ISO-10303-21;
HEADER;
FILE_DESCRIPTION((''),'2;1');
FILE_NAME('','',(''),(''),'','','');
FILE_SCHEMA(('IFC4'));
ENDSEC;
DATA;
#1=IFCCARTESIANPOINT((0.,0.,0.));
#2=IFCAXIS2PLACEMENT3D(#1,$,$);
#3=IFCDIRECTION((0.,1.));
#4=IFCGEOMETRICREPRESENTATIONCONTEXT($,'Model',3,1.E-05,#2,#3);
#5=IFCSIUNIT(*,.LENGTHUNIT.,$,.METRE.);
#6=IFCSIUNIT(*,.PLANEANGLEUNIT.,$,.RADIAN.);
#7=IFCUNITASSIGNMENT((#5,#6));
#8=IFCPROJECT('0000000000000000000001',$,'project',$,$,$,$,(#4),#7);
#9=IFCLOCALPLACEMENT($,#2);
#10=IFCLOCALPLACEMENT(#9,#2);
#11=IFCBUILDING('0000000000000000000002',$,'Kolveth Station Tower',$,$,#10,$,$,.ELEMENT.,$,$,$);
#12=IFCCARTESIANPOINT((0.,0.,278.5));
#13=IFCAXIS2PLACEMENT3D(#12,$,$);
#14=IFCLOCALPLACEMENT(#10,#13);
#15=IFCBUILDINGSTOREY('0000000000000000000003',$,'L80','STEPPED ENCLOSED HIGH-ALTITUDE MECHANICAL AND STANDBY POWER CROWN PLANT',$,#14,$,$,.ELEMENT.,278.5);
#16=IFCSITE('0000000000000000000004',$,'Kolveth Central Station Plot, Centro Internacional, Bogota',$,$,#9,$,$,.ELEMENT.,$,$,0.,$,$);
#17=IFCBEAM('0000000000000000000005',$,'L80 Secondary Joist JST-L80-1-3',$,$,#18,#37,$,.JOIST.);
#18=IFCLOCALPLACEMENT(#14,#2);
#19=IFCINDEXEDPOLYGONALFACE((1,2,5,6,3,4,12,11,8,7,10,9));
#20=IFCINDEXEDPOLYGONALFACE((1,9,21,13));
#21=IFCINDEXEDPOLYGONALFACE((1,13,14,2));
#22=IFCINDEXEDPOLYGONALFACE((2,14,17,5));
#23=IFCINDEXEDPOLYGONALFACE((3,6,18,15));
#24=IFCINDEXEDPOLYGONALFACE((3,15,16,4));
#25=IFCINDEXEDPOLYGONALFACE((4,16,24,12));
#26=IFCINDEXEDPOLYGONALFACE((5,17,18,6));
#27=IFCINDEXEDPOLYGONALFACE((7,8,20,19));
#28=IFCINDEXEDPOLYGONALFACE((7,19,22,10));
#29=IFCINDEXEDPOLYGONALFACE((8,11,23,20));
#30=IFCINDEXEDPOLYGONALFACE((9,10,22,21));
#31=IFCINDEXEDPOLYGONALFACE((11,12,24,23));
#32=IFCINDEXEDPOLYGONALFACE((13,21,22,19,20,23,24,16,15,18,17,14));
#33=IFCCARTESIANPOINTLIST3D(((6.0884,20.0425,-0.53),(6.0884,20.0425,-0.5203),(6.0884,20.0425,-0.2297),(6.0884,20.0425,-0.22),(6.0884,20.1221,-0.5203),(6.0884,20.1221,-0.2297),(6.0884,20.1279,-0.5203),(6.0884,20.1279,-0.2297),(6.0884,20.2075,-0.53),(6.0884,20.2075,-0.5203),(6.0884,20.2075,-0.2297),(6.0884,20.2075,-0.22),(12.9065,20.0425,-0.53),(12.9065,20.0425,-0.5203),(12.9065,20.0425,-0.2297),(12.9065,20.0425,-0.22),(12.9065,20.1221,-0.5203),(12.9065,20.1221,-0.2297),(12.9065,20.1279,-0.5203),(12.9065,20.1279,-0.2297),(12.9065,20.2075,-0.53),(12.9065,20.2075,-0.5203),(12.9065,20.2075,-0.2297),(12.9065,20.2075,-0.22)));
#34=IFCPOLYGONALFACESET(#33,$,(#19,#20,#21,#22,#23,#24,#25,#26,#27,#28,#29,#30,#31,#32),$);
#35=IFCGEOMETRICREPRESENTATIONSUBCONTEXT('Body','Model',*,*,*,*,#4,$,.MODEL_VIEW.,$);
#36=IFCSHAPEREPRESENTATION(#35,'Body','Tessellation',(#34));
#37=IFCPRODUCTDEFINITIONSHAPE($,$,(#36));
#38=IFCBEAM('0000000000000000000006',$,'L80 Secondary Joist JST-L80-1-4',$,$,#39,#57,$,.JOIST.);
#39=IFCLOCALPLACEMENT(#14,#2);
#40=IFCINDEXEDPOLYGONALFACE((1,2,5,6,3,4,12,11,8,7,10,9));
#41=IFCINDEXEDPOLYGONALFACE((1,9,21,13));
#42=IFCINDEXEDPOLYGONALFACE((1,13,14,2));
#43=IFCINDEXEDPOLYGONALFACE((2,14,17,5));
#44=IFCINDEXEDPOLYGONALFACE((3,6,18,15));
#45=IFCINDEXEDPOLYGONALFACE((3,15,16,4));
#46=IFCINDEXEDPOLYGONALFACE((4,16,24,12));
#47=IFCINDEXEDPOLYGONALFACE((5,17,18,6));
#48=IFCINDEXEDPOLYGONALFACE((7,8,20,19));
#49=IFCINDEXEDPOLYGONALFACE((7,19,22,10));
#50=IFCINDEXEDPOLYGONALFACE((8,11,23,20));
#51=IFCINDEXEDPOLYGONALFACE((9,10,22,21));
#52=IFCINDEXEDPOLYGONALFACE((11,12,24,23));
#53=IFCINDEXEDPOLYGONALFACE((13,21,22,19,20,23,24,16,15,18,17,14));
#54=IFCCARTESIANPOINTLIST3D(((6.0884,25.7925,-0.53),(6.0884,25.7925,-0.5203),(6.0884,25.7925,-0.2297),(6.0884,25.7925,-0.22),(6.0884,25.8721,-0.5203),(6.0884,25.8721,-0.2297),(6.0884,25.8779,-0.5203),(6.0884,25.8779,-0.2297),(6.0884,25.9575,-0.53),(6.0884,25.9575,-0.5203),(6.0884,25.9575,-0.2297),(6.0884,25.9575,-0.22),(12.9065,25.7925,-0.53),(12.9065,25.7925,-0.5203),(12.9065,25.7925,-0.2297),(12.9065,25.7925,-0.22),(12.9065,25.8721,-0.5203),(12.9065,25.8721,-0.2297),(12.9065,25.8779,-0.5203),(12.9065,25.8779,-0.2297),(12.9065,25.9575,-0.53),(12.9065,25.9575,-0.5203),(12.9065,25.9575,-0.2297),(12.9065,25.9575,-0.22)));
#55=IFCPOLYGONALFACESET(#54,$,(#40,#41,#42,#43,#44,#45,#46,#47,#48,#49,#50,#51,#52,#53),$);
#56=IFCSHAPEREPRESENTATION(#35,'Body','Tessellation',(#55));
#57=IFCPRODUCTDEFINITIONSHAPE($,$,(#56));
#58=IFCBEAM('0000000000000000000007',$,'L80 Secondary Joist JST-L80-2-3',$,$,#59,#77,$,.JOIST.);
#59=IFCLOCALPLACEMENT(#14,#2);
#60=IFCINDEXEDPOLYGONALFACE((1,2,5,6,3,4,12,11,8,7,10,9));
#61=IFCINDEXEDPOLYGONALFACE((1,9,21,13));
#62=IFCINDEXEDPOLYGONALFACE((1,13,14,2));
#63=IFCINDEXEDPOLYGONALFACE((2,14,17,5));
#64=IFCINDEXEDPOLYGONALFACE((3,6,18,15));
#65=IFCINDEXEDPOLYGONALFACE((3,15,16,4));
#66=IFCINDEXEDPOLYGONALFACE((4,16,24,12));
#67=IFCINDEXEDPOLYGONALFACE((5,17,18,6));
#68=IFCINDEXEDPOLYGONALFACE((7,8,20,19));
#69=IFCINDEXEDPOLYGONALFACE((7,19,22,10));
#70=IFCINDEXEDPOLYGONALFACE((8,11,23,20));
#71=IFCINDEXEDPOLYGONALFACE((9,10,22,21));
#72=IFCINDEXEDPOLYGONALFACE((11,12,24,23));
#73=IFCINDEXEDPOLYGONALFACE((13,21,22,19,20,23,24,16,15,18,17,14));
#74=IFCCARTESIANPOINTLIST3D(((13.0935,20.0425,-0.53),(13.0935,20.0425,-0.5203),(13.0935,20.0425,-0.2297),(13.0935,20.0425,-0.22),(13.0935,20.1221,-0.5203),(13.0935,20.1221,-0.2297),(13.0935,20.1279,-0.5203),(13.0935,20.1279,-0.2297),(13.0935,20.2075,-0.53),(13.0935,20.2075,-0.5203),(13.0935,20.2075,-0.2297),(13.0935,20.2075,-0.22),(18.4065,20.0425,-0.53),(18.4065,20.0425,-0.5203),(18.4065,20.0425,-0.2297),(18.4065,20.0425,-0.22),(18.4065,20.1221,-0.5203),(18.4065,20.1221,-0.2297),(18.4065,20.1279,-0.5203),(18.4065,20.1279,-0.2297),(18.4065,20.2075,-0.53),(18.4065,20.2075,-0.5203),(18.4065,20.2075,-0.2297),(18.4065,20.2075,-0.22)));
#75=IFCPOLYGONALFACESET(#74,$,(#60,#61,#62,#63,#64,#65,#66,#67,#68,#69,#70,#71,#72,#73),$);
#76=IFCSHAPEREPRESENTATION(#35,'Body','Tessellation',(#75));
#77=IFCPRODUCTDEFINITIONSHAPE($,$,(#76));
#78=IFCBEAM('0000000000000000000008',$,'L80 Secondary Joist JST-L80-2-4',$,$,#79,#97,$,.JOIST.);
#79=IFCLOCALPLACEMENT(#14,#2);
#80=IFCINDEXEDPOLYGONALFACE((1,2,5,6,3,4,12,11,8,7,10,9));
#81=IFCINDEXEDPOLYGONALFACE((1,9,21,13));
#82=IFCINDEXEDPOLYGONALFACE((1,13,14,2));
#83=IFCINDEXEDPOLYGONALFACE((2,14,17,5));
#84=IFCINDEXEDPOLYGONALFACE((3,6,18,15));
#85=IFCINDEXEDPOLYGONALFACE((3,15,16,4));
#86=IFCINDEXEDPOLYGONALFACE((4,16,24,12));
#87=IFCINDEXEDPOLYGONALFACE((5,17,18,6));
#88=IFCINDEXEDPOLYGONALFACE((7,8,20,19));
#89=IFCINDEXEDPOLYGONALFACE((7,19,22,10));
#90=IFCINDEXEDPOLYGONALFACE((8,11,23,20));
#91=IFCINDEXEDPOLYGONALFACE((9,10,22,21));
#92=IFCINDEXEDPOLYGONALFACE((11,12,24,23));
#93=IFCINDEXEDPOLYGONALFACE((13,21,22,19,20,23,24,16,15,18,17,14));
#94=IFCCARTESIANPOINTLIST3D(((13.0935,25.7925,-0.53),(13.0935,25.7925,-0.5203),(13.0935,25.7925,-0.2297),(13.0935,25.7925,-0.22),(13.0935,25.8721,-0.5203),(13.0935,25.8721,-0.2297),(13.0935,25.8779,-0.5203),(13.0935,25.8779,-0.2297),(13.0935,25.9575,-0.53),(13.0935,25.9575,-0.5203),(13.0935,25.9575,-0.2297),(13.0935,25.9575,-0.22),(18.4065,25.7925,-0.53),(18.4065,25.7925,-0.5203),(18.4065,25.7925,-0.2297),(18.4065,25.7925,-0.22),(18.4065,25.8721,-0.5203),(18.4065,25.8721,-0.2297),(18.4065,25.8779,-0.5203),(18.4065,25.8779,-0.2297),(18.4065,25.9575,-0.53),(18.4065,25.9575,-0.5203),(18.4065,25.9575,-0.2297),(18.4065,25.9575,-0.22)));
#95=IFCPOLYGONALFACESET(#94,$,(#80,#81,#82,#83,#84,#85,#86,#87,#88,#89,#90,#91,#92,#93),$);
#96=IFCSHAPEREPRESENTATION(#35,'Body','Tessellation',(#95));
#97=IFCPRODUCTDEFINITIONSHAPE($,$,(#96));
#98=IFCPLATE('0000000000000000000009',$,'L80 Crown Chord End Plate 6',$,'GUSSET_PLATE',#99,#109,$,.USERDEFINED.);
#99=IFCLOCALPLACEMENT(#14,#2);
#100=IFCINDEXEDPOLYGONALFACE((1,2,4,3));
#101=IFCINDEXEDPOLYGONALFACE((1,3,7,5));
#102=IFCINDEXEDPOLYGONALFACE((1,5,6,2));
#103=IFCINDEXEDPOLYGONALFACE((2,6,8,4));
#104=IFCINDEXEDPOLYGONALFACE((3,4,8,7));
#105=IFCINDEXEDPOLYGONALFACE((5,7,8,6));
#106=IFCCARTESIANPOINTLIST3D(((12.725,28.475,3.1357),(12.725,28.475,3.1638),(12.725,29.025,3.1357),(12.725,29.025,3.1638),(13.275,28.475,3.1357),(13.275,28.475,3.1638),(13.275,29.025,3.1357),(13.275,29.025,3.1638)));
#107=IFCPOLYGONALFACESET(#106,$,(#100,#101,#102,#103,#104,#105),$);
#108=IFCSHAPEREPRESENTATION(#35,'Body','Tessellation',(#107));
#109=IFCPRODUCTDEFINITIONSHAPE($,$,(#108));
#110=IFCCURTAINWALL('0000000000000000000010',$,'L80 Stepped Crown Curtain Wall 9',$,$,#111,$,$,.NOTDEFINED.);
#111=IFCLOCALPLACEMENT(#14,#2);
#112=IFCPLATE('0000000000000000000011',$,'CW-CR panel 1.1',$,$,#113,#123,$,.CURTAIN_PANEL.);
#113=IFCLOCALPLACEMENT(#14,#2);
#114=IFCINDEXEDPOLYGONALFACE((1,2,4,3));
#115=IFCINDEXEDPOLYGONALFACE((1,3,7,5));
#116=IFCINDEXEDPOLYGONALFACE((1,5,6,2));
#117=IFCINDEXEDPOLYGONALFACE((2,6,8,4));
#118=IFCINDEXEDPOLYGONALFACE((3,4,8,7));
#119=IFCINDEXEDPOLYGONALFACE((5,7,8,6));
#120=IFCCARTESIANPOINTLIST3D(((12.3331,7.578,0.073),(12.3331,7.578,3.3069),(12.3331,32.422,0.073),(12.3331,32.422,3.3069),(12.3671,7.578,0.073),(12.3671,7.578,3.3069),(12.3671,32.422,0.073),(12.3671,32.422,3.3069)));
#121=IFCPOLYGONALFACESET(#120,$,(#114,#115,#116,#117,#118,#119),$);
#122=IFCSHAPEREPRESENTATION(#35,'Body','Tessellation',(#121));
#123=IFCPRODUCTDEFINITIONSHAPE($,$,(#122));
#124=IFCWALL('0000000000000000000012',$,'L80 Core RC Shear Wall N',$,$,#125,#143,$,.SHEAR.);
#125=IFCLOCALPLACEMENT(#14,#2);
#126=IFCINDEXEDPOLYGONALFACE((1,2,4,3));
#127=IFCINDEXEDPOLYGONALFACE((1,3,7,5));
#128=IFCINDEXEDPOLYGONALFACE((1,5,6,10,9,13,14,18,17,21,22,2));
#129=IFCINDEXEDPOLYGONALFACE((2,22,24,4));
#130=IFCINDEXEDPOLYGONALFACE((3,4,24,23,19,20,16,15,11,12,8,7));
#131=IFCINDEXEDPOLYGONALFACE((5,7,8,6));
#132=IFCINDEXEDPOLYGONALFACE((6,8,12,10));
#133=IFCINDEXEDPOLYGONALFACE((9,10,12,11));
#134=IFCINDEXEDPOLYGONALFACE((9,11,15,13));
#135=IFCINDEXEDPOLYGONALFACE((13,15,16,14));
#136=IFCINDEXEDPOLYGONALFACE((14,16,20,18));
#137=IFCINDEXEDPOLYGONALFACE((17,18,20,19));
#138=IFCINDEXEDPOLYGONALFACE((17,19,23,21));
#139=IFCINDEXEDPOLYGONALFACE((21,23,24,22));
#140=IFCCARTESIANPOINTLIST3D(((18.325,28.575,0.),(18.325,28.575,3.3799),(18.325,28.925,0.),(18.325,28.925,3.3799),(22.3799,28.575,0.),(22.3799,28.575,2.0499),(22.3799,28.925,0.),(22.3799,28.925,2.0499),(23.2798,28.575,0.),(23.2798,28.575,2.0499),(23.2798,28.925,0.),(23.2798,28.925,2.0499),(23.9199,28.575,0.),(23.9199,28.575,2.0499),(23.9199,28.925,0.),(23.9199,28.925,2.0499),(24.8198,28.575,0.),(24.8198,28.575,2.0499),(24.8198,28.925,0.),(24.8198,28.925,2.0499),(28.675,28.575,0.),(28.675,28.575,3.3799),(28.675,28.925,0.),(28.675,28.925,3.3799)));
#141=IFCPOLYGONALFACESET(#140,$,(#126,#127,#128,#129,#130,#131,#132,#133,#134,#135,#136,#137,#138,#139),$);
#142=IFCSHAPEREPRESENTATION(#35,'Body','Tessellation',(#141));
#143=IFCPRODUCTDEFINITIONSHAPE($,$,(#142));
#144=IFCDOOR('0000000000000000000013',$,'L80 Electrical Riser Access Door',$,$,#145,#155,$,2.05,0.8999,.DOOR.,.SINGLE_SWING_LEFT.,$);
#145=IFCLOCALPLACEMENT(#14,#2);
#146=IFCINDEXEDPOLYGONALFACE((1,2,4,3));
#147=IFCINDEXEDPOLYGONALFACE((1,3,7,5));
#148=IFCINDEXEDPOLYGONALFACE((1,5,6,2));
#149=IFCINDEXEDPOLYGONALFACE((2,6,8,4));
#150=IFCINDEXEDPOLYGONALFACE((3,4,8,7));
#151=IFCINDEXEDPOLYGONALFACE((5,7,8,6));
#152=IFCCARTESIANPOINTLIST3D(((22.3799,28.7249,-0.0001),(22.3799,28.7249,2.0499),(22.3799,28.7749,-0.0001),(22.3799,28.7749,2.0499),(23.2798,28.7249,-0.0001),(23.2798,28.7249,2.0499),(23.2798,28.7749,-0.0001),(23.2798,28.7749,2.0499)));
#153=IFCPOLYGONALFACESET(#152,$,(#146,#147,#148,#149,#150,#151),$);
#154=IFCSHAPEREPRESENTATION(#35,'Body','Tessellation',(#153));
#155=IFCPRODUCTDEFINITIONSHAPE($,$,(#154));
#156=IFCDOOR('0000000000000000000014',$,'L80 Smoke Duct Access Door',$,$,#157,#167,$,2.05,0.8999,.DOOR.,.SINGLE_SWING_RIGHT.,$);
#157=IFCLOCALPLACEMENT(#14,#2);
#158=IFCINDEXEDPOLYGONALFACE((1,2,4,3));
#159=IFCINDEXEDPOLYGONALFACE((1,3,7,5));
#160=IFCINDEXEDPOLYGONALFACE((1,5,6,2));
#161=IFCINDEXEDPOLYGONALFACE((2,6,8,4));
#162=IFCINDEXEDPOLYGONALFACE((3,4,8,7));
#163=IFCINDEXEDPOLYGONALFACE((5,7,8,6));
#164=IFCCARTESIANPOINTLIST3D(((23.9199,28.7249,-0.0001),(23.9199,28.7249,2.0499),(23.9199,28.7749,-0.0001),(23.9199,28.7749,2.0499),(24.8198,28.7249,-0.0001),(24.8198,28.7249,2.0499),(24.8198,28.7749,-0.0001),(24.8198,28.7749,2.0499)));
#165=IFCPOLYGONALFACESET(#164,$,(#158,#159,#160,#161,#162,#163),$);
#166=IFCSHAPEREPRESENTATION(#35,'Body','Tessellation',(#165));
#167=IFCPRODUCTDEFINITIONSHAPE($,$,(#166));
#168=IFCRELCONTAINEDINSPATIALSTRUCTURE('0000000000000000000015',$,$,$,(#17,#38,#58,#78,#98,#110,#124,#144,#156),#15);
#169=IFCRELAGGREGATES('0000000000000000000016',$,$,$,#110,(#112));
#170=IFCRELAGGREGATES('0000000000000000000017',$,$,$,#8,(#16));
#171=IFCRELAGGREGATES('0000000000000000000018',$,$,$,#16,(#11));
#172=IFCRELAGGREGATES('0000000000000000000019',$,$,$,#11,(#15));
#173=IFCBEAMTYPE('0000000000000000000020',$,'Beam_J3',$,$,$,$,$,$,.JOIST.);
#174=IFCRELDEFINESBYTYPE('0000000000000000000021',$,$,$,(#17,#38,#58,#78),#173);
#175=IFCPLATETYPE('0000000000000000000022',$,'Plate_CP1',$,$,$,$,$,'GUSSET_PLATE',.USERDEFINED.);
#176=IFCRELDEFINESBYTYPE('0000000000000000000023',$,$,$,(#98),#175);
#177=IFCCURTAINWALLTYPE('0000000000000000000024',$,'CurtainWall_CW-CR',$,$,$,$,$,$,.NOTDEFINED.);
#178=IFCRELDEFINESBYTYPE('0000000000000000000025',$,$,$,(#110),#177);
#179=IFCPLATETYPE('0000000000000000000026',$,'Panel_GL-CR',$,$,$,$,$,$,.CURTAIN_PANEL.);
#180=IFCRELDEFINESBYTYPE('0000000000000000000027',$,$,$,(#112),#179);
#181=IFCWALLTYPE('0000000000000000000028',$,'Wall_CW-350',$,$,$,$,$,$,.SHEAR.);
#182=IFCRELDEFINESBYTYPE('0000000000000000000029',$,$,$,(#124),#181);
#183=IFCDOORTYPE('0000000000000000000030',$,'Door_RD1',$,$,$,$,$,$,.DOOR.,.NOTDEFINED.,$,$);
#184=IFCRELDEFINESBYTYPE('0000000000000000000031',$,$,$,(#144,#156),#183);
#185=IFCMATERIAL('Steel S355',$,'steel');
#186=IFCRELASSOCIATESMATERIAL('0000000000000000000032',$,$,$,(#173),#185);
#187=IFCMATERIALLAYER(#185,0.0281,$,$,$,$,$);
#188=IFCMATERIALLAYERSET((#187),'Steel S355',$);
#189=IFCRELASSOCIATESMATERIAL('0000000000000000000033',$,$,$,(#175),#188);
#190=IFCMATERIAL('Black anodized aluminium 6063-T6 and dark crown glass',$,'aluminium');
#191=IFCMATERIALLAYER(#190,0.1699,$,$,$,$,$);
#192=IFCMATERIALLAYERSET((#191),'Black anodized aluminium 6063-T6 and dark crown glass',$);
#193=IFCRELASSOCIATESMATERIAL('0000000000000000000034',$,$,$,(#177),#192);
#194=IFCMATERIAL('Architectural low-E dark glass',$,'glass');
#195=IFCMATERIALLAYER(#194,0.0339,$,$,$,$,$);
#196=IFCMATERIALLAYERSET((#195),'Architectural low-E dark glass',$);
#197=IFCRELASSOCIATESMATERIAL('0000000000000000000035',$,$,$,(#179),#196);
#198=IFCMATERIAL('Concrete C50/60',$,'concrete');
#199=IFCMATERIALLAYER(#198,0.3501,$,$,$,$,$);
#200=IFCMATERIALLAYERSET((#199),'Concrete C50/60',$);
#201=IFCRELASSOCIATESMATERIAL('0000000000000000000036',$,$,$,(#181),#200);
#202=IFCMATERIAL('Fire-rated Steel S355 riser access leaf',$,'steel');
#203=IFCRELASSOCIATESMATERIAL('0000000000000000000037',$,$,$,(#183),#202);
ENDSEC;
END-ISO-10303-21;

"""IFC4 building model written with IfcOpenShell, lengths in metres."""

from ifc_helpers import new_model, si_unit, direction, frame, frame_2d, origin, origin_2d, place, context, subcontext, project, spatial, rectangle, i_section, extrude, source, transform, mapped, material, layer, layer_set, material_profile, profile_set, type_object, element, fill, aggregate, save


model = new_model("IFC4")

# Units and contexts
model_context = context("Model", 3, precision=1e-05, world=origin(), true_north=direction((0.0, 1.0)))
body_context = subcontext(model_context, "Body", "Model", "MODEL_VIEW")
ifc_project = project(units=[si_unit("LENGTHUNIT", "METRE"), si_unit("PLANEANGLEUNIT", "RADIAN")], contexts=[model_context])

# Site, building, storey
site_placement = place(None, origin())
site = spatial("IfcSite", under=ifc_project, at=site_placement, Name="Kolveth Central Station Plot, Centro Internacional, Bogota", CompositionType="ELEMENT", RefElevation=0.0)
building_placement = place(site_placement, origin())
building = spatial("IfcBuilding", under=site, at=building_placement, Name="Kolveth Station Tower", CompositionType="ELEMENT")
storey_placement = place(building_placement, frame((0.0, 0.0, 278.5)))
storey = spatial("IfcBuildingStorey", under=building, at=storey_placement, Name="L80", Description="STEPPED ENCLOSED HIGH-ALTITUDE MECHANICAL AND STANDBY POWER CROWN PLANT", CompositionType="ELEMENT", Elevation=278.5)

# Shared definitions
ifc_material_1 = material(Name="Steel S355", Category="steel")

# Beams
ifc_material_profile_1 = material_profile(ifc_material_1, i_section(OverallWidth=0.165, OverallDepth=0.3101, WebThickness=0.0059, FlangeThickness=0.0098, at=origin_2d()), Name="W310x39")
ifc_profile_set_1 = profile_set([ifc_material_profile_1], Name="Steel S355")
beam_type_1 = type_object("IfcBeamType", Name="Beam_J3", PredefinedType="JOIST", material=ifc_profile_set_1)
shared_shape_1 = source(origin(), body_context, "Body", "SweptSolid", [
    extrude(i_section(OverallWidth=0.165, OverallDepth=0.3101, WebThickness=0.0059, FlangeThickness=0.0098, at=origin_2d()), origin(), (0.0, 0.0, 1.0), 6.8181),
])
for number, where, z_axis, x_axis, name in (
    (1, (6.0884, 20.125, -0.375), (1.0, 0.0, 0.0), (0.0, 1.0, 0.0), "L80 Secondary Joist JST-L80-1-3"),
    (2, (6.0884, 25.875, -0.375), (1.0, 0.0, 0.0), (0.0, 1.0, 0.0), "L80 Secondary Joist JST-L80-1-4"),
):
    element("IfcBeam", number, at=place(storey_placement, frame(where, z_axis=z_axis, x_axis=x_axis)), inside=storey, type_object=beam_type_1, Name=name, PredefinedType="JOIST", context=body_context, shape_type="MappedRepresentation", body=[
        mapped(shared_shape_1, transform((0.0, 0.0, 0.0), x_axis=(1.0, 0.0, 0.0), y_axis=(0.0, 1.0, 0.0), z_axis=(0.0, 0.0, 1.0), scale=1.0)),
    ])
shared_shape_2 = source(origin(), body_context, "Body", "SweptSolid", [
    extrude(i_section(OverallWidth=0.165, OverallDepth=0.3101, WebThickness=0.0059, FlangeThickness=0.0098, at=origin_2d()), origin(), (0.0, 0.0, 1.0), 5.313),
])
for number, where, z_axis, x_axis, name in (
    (3, (13.0935, 20.125, -0.375), (1.0, 0.0, 0.0), (0.0, 1.0, 0.0), "L80 Secondary Joist JST-L80-2-3"),
    (4, (13.0935, 25.875, -0.375), (1.0, 0.0, 0.0), (0.0, 1.0, 0.0), "L80 Secondary Joist JST-L80-2-4"),
):
    element("IfcBeam", number, at=place(storey_placement, frame(where, z_axis=z_axis, x_axis=x_axis)), inside=storey, type_object=beam_type_1, Name=name, PredefinedType="JOIST", context=body_context, shape_type="MappedRepresentation", body=[
        mapped(shared_shape_2, transform((0.0, 0.0, 0.0), x_axis=(1.0, 0.0, 0.0), y_axis=(0.0, 1.0, 0.0), z_axis=(0.0, 0.0, 1.0), scale=1.0)),
    ])

# Plate
ifc_layer_1 = layer(ifc_material_1, 0.0281)
ifc_layer_set_1 = layer_set([ifc_layer_1], Name="Steel S355")
plate_type_1 = type_object("IfcPlateType", Name="Plate_CP1", ElementType="GUSSET_PLATE", PredefinedType="USERDEFINED", material=ifc_layer_set_1)
shared_shape_3 = source(origin(), body_context, "Body", "SweptSolid", [
    extrude(rectangle(XDim=0.55, YDim=0.55, at=origin_2d()), origin(), (0.0, 0.0, 1.0), 0.0281),
])
plate_1_placement = place(storey_placement, frame((13.0, 28.75, 3.1357), z_axis=(0.0, 0.0, 1.0), x_axis=(1.0, 0.0, 0.0)))
element("IfcPlate", 5, at=plate_1_placement, inside=storey, type_object=plate_type_1, Name="L80 Crown Chord End Plate 6", ObjectType="GUSSET_PLATE", PredefinedType="USERDEFINED", context=body_context, shape_type="MappedRepresentation", body=[
    mapped(shared_shape_3, transform((0.0, 0.0, 0.0), x_axis=(1.0, 0.0, 0.0), y_axis=(0.0, 1.0, 0.0), z_axis=(0.0, 0.0, 1.0), scale=1.0)),
])

# Curtain wall, plate
ifc_material_2 = material(Name="Black anodized aluminium 6063-T6 and dark crown glass", Category="aluminium")
ifc_layer_2 = layer(ifc_material_2, 0.1699)
ifc_layer_set_2 = layer_set([ifc_layer_2], Name="Black anodized aluminium 6063-T6 and dark crown glass")
curtain_wall_type = type_object("IfcCurtainWallType", Name="CurtainWall_CW-CR", PredefinedType="NOTDEFINED", material=ifc_layer_set_2)
curtain_wall_placement = place(storey_placement, origin())
curtain_wall = element("IfcCurtainWall", 6, at=curtain_wall_placement, inside=storey, type_object=curtain_wall_type, Name="L80 Stepped Crown Curtain Wall 9", PredefinedType="NOTDEFINED")
ifc_material_3 = material(Name="Architectural low-E dark glass", Category="glass")
ifc_layer_3 = layer(ifc_material_3, 0.0339)
ifc_layer_set_3 = layer_set([ifc_layer_3], Name="Architectural low-E dark glass")
plate_type_2 = type_object("IfcPlateType", Name="Panel_GL-CR", PredefinedType="CURTAIN_PANEL", material=ifc_layer_set_3)
shared_shape_4 = source(origin(), body_context, "Body", "SweptSolid", [
    extrude(rectangle(XDim=24.844, YDim=0.0339, at=origin_2d()), origin(), (0.0, 0.0, 1.0), 3.2339),
])
plate_2_placement = place(storey_placement, frame((12.3501, 20.0, 0.073), z_axis=(0.0, 0.0, 1.0), x_axis=(0.0, -1.0, 0.0)))
plate_2 = element("IfcPlate", 7, at=plate_2_placement, type_object=plate_type_2, Name="CW-CR panel 1.1", PredefinedType="CURTAIN_PANEL", context=body_context, shape_type="MappedRepresentation", body=[
    mapped(shared_shape_4, transform((0.0, 0.0, 0.0), x_axis=(1.0, 0.0, 0.0), y_axis=(0.0, 1.0, 0.0), z_axis=(0.0, 0.0, 1.0), scale=1.0)),
])
aggregate(curtain_wall, [plate_2])

# Wall, openings, doors
ifc_material_4 = material(Name="Concrete C50/60", Category="concrete")
ifc_layer_4 = layer(ifc_material_4, 0.3501)
ifc_layer_set_4 = layer_set([ifc_layer_4], Name="Concrete C50/60")
wall_type_1 = type_object("IfcWallType", Name="Wall_CW-350", PredefinedType="SHEAR", material=ifc_layer_set_4)
wall_1_placement = place(storey_placement, frame((18.325, 28.75, 0.0), z_axis=(0.0, 0.0, 1.0), x_axis=(1.0, 0.0, 0.0)))
wall_1 = element("IfcWall", 8, at=wall_1_placement, inside=storey, type_object=wall_type_1, Name="L80 Core RC Shear Wall N", PredefinedType="SHEAR", context=body_context, shape_type="SweptSolid", body=[
    extrude(rectangle(XDim=10.3501, YDim=0.3501, at=frame_2d((5.175, 0.0))), origin(), (0.0, 0.0, 1.0), 3.3799),
])
opening_1_placement = place(wall_1_placement, frame((4.0549, 0.0, 0.0)))
opening_1 = element("IfcOpeningElement", 9, at=opening_1_placement, cuts=wall_1, PredefinedType="OPENING", context=body_context, shape_type="SweptSolid", body=[
    extrude(rectangle(XDim=0.8999, YDim=2.05, at=frame_2d((0.45, 1.0249))), frame((0.0, 0.1851, 0.0), z_axis=(0.0, -1.0, 0.0), x_axis=(1.0, 0.0, 0.0)), (0.0, 0.0, 1.0), 0.3701),
])
opening_2_placement = place(wall_1_placement, frame((5.595, 0.0, 0.0)))
opening_2 = element("IfcOpeningElement", 10, at=opening_2_placement, cuts=wall_1, PredefinedType="OPENING", context=body_context, shape_type="SweptSolid", body=[
    extrude(rectangle(XDim=0.8999, YDim=2.05, at=frame_2d((0.45, 1.0249))), frame((0.0, 0.1851, 0.0), z_axis=(0.0, -1.0, 0.0), x_axis=(1.0, 0.0, 0.0)), (0.0, 0.0, 1.0), 0.3701),
])
ifc_material_5 = material(Name="Fire-rated Steel S355 riser access leaf", Category="steel")
door_type_1 = type_object("IfcDoorType", Name="Door_RD1", OperationType="NOTDEFINED", PredefinedType="DOOR", material=ifc_material_5)
door_1_placement = place(opening_1_placement, origin())
door_1 = element("IfcDoor", 11, at=door_1_placement, inside=storey, type_object=door_type_1, Name="L80 Electrical Riser Access Door", OperationType="SINGLE_SWING_LEFT", OverallHeight=2.05, OverallWidth=0.8999, PredefinedType="DOOR", context=body_context, shape_type="SweptSolid", body=[
    extrude(rectangle(XDim=0.8999, YDim=2.05, at=frame_2d((0.45, 1.0249))), frame((0.0, 0.0249, 0.0), z_axis=(0.0, -1.0, 0.0), x_axis=(1.0, 0.0, 0.0)), (0.0, 0.0, 1.0), 0.05),
])
fill(opening_1, door_1)
door_2_placement = place(opening_2_placement, origin())
door_2 = element("IfcDoor", 12, at=door_2_placement, inside=storey, type_object=door_type_1, Name="L80 Smoke Duct Access Door", OperationType="SINGLE_SWING_RIGHT", OverallHeight=2.05, OverallWidth=0.8999, PredefinedType="DOOR", context=body_context, shape_type="SweptSolid", body=[
    extrude(rectangle(XDim=0.8999, YDim=2.05, at=frame_2d((0.45, 1.0249))), frame((0.0, 0.0249, 0.0), z_axis=(0.0, -1.0, 0.0), x_axis=(1.0, 0.0, 0.0)), (0.0, 0.0, 1.0), 0.05),
])
fill(opening_2, door_2)

save(model, "model.ifc")
